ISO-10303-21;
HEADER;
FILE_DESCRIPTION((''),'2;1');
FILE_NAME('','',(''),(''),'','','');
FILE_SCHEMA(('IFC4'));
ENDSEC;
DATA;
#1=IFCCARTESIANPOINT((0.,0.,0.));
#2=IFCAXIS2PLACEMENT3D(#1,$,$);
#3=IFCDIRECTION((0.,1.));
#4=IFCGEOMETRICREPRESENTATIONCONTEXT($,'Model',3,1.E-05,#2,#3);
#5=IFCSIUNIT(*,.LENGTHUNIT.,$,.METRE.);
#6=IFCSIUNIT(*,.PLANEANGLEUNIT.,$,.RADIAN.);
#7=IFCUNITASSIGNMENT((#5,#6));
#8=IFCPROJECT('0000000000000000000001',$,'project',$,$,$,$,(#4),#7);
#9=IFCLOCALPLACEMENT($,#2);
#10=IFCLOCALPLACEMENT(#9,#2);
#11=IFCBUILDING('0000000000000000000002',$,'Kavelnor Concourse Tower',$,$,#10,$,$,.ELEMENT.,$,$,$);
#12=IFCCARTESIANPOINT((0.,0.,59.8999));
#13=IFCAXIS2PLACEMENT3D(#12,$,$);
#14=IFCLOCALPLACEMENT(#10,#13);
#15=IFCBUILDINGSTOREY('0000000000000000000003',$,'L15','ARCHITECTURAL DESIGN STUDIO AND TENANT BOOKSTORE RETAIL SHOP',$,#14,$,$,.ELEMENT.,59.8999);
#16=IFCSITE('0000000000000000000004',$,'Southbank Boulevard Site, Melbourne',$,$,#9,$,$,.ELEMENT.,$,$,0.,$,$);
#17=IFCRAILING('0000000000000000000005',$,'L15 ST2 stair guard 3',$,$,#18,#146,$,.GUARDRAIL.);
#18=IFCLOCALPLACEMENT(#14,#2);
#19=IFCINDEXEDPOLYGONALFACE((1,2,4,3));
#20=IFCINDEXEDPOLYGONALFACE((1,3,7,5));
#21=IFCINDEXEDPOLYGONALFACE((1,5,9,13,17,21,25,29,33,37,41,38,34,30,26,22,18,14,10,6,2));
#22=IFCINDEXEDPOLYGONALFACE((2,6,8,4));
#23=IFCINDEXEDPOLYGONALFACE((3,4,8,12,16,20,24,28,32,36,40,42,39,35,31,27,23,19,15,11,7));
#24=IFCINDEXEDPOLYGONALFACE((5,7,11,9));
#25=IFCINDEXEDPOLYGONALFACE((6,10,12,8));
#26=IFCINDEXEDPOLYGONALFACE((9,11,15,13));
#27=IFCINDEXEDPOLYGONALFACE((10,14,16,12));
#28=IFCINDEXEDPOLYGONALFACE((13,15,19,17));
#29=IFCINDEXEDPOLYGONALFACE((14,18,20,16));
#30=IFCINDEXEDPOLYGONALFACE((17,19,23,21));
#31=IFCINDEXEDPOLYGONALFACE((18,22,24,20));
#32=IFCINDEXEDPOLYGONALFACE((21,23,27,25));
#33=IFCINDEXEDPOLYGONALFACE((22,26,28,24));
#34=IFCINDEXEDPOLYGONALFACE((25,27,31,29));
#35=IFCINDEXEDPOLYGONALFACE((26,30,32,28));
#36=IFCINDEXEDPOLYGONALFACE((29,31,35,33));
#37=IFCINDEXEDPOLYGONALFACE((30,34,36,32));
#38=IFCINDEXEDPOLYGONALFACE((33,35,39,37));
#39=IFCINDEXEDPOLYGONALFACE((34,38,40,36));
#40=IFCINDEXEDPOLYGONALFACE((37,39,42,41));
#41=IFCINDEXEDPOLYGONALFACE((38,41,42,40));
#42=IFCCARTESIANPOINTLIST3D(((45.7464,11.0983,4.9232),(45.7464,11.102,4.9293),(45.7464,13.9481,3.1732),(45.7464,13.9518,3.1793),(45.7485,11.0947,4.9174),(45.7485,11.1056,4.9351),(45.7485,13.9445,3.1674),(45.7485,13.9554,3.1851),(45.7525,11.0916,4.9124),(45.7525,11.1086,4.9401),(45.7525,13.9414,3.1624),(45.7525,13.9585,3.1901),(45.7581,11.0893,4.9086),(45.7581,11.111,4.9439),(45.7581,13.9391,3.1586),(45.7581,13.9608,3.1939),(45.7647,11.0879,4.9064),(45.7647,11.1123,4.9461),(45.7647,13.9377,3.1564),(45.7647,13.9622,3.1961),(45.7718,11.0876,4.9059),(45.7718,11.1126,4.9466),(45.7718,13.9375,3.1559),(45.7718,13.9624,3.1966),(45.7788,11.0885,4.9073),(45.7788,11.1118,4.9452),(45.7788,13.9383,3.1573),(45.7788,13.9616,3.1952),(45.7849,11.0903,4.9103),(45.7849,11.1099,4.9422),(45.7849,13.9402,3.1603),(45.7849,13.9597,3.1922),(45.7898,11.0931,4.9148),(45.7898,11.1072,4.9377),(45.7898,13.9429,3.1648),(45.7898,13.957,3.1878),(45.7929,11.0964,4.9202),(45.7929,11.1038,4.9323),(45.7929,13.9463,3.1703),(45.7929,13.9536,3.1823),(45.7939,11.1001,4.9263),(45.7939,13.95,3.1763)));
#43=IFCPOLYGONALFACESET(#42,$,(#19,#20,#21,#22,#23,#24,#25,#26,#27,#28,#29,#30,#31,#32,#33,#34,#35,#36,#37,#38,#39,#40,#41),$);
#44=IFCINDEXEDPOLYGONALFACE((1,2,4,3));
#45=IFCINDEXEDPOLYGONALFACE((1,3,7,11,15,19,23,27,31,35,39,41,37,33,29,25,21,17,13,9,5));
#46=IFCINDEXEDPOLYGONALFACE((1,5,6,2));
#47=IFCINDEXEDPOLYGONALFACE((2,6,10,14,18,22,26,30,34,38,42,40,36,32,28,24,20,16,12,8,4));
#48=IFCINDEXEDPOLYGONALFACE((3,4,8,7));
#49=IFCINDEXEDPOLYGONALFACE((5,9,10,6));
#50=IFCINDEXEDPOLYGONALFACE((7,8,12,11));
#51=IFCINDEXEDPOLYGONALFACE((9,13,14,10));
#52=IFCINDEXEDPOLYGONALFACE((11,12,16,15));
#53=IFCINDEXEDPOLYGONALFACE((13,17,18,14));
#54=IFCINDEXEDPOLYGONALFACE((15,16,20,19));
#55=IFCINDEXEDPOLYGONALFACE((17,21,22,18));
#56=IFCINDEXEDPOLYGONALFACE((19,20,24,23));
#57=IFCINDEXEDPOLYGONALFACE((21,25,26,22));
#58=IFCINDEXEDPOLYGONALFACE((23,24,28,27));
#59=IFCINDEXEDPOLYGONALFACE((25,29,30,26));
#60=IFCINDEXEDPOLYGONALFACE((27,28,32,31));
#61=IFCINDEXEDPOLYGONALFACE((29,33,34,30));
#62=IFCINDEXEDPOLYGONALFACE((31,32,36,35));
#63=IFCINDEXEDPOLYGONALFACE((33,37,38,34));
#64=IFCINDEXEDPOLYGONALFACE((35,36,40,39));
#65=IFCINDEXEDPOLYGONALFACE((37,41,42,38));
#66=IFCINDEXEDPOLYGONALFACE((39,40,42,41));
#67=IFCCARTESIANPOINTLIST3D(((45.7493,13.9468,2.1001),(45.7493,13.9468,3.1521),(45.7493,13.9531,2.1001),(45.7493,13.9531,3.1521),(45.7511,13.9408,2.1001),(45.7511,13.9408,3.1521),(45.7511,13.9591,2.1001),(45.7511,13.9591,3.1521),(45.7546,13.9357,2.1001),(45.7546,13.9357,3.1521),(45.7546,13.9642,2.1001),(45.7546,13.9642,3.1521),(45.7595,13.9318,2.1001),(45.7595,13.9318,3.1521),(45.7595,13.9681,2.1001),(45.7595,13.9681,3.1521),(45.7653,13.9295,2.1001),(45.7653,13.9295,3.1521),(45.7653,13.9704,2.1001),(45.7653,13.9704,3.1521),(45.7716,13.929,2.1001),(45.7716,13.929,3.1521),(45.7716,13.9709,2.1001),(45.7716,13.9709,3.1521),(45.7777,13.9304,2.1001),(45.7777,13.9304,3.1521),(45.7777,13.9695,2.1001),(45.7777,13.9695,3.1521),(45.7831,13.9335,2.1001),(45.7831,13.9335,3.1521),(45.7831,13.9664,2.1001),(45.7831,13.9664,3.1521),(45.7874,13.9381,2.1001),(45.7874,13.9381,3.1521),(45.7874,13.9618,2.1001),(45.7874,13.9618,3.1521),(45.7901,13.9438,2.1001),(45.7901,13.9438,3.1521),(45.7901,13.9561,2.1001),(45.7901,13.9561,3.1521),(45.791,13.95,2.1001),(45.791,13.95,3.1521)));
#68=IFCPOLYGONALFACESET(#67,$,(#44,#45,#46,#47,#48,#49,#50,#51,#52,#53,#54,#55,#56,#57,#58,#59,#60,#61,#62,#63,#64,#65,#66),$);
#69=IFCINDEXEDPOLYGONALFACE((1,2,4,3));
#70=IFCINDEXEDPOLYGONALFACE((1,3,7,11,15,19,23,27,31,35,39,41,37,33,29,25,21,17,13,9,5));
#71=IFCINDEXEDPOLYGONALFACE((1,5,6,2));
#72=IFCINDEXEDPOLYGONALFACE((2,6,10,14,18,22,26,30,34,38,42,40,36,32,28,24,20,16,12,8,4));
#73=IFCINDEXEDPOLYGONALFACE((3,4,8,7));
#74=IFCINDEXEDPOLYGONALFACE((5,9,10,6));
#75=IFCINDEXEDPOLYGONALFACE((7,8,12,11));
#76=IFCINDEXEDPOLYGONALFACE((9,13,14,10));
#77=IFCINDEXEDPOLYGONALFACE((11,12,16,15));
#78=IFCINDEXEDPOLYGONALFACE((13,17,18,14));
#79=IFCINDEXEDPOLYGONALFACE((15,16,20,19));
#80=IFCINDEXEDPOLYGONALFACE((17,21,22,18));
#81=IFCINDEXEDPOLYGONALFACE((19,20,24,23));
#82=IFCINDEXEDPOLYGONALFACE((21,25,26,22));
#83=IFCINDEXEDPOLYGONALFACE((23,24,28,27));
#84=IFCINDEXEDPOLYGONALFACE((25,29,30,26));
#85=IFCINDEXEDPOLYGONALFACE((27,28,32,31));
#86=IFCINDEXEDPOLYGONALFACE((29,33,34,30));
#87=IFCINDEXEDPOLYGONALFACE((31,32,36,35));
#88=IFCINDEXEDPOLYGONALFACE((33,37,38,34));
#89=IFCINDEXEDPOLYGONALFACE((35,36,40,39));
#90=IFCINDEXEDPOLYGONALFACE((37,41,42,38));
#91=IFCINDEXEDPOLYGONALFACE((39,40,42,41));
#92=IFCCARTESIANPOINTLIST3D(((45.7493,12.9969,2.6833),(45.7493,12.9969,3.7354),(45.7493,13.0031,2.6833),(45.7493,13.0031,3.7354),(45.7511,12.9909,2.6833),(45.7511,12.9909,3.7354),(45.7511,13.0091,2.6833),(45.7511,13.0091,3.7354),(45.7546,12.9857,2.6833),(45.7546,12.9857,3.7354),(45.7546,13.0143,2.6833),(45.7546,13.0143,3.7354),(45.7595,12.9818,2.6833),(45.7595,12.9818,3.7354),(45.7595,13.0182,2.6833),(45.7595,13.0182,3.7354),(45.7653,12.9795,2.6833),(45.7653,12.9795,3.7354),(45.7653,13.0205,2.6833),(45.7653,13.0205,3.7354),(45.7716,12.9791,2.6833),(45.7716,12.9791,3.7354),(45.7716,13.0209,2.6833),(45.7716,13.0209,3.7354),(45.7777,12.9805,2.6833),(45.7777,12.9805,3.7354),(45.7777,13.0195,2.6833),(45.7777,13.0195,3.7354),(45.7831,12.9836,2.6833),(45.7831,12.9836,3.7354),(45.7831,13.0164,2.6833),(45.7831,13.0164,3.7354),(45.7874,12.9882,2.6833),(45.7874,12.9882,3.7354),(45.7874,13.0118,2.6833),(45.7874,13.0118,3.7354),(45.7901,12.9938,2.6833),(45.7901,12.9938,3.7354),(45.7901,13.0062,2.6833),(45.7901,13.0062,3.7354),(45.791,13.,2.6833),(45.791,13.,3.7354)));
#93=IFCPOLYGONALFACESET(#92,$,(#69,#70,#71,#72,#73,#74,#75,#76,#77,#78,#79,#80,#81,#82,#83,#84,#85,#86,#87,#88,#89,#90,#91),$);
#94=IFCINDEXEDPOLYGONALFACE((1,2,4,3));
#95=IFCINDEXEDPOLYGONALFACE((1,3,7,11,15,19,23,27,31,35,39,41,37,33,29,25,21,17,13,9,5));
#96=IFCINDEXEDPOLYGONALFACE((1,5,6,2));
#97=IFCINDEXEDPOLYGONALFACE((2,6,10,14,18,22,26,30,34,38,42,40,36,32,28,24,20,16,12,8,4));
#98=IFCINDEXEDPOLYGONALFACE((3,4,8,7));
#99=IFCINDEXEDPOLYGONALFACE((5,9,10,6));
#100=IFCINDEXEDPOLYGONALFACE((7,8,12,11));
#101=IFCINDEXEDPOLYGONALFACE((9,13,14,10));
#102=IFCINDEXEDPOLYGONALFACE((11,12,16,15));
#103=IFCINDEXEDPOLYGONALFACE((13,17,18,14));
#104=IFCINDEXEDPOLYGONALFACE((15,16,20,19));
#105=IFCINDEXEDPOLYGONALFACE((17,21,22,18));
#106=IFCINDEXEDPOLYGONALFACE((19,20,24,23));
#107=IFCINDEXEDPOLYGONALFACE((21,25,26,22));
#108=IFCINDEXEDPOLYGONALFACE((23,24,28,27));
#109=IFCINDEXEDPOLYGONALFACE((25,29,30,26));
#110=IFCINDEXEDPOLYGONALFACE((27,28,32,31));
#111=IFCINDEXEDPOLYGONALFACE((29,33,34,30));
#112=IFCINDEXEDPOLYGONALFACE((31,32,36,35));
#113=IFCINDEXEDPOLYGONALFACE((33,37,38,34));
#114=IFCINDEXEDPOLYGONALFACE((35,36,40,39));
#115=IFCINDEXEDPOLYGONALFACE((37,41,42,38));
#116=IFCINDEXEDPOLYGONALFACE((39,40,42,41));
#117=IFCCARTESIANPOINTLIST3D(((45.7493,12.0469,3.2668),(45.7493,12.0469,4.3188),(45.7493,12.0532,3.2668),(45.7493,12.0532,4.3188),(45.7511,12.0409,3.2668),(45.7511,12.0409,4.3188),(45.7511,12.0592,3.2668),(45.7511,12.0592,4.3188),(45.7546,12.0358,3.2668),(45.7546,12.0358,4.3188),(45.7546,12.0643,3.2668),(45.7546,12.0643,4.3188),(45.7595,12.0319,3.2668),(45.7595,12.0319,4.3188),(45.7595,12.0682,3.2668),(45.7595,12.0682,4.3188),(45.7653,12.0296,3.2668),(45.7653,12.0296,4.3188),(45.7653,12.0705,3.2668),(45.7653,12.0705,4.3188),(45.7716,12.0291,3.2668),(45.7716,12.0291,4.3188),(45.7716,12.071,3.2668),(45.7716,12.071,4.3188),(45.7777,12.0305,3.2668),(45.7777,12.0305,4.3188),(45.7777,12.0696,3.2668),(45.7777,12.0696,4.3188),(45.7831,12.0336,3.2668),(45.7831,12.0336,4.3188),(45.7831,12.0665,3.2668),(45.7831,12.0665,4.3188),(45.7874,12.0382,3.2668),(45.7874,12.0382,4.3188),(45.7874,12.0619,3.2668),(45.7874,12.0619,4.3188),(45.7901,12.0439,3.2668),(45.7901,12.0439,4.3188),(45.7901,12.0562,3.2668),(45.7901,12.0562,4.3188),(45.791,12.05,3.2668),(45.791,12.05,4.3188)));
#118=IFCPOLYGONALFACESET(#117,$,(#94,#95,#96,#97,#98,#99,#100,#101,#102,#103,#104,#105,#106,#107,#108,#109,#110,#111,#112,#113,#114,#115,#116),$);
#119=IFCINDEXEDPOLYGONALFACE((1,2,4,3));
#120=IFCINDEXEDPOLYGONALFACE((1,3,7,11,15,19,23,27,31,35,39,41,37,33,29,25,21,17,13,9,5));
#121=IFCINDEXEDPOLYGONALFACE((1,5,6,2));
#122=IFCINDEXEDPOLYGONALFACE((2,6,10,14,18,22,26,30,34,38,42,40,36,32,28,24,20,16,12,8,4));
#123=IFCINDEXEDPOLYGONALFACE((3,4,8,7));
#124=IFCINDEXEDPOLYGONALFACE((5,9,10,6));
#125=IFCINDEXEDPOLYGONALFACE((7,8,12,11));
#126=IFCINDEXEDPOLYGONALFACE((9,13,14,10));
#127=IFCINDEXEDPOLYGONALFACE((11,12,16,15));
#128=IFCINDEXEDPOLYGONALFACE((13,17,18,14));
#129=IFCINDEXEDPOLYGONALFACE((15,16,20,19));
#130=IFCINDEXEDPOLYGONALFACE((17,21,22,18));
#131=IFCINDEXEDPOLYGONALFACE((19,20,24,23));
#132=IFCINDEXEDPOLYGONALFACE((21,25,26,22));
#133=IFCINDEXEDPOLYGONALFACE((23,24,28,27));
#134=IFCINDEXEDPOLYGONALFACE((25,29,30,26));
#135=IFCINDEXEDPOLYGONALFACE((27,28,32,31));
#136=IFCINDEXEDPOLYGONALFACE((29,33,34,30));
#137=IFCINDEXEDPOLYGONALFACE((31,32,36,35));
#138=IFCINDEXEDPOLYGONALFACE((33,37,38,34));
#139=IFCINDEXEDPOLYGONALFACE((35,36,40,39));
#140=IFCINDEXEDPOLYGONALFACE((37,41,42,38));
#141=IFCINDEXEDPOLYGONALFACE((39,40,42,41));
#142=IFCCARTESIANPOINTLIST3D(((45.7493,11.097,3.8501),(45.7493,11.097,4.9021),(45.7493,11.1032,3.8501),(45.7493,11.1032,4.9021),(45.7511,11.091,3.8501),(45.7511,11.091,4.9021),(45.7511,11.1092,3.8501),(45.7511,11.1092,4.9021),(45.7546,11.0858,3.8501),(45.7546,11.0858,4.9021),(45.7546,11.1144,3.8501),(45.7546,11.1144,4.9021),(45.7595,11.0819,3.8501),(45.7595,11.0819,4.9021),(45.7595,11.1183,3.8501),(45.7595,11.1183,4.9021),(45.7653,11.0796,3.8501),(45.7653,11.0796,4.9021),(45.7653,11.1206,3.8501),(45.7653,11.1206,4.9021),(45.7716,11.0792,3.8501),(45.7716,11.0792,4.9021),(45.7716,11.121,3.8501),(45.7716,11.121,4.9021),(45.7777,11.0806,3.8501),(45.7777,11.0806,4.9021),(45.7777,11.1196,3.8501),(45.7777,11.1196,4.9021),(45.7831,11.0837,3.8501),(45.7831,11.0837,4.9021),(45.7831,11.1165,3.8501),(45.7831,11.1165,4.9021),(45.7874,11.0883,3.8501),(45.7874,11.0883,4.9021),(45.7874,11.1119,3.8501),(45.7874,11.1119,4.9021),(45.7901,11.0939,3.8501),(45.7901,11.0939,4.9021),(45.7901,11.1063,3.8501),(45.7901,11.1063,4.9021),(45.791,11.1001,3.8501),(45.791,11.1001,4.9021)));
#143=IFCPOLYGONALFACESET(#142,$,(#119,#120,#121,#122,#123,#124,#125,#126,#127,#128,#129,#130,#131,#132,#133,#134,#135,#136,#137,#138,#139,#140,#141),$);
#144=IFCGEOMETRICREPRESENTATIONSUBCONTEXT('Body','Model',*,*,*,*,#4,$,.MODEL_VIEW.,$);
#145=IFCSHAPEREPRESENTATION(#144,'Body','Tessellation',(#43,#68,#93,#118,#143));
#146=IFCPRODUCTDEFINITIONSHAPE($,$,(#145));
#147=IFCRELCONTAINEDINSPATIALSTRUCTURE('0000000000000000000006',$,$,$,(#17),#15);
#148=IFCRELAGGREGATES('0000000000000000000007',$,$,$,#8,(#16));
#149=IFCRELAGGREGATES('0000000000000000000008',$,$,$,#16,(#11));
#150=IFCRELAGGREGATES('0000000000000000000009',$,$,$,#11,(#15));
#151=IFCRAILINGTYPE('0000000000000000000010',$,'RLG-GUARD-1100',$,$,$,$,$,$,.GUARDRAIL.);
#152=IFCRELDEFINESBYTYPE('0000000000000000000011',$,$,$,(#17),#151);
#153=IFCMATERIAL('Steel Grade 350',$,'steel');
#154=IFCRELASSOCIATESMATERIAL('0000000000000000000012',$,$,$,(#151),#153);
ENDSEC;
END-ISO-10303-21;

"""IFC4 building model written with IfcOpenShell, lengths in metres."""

from ifc_helpers import new_model, si_unit, direction, frame, origin, origin_2d, place, context, subcontext, project, spatial, circle, extrude, material, type_object, element, save


model = new_model("IFC4")

# Units and contexts
model_context = context("Model", 3, precision=1e-05, world=origin(), true_north=direction((0.0, 1.0)))
body_context = subcontext(model_context, "Body", "Model", "MODEL_VIEW")
ifc_project = project(units=[si_unit("LENGTHUNIT", "METRE"), si_unit("PLANEANGLEUNIT", "RADIAN")], contexts=[model_context])

# Site, building, storey
site_placement = place(None, origin())
site = spatial("IfcSite", under=ifc_project, at=site_placement, Name="Southbank Boulevard Site, Melbourne", CompositionType="ELEMENT", RefElevation=0.0)
building_placement = place(site_placement, origin())
building = spatial("IfcBuilding", under=site, at=building_placement, Name="Kavelnor Concourse Tower", CompositionType="ELEMENT")
storey_placement = place(building_placement, frame((0.0, 0.0, 59.8999)))
storey = spatial("IfcBuildingStorey", under=building, at=storey_placement, Name="L15", Description="ARCHITECTURAL DESIGN STUDIO AND TENANT BOOKSTORE RETAIL SHOP", CompositionType="ELEMENT", Elevation=59.8999)

# Shared definitions
ifc_material_1 = material(Name="Steel Grade 350", Category="steel")

# Railing
railing_type_1 = type_object("IfcRailingType", Name="RLG-GUARD-1100", PredefinedType="GUARDRAIL", material=ifc_material_1)
railing_1_placement = place(storey_placement, frame((45.77, 13.95, 2.1001)))
element("IfcRailing", 1, at=railing_1_placement, inside=storey, type_object=railing_type_1, Name="L15 ST2 stair guard 3", PredefinedType="GUARDRAIL", context=body_context, shape_type="SweptSolid", body=[
    extrude(circle(Radius=0.0239, at=origin_2d()), frame((0.0, 0.0, 1.0762), z_axis=(0.0, -0.852159, 0.523283), x_axis=(1.0, 0.0, 0.0)), (0.0, 0.0, 1.0), 3.3442),
    extrude(circle(Radius=0.021, at=origin_2d()), origin(), (0.0, 0.0, 1.0), 1.052),
    extrude(circle(Radius=0.021, at=origin_2d()), frame((0.0, -0.95, 0.5833)), (0.0, 0.0, 1.0), 1.052),
    extrude(circle(Radius=0.021, at=origin_2d()), frame((0.0, -1.8999, 1.1667)), (0.0, 0.0, 1.0), 1.052),
    extrude(circle(Radius=0.021, at=origin_2d()), frame((0.0, -2.8499, 1.75)), (0.0, 0.0, 1.0), 1.052),
])

save(model, "model.ifc")
